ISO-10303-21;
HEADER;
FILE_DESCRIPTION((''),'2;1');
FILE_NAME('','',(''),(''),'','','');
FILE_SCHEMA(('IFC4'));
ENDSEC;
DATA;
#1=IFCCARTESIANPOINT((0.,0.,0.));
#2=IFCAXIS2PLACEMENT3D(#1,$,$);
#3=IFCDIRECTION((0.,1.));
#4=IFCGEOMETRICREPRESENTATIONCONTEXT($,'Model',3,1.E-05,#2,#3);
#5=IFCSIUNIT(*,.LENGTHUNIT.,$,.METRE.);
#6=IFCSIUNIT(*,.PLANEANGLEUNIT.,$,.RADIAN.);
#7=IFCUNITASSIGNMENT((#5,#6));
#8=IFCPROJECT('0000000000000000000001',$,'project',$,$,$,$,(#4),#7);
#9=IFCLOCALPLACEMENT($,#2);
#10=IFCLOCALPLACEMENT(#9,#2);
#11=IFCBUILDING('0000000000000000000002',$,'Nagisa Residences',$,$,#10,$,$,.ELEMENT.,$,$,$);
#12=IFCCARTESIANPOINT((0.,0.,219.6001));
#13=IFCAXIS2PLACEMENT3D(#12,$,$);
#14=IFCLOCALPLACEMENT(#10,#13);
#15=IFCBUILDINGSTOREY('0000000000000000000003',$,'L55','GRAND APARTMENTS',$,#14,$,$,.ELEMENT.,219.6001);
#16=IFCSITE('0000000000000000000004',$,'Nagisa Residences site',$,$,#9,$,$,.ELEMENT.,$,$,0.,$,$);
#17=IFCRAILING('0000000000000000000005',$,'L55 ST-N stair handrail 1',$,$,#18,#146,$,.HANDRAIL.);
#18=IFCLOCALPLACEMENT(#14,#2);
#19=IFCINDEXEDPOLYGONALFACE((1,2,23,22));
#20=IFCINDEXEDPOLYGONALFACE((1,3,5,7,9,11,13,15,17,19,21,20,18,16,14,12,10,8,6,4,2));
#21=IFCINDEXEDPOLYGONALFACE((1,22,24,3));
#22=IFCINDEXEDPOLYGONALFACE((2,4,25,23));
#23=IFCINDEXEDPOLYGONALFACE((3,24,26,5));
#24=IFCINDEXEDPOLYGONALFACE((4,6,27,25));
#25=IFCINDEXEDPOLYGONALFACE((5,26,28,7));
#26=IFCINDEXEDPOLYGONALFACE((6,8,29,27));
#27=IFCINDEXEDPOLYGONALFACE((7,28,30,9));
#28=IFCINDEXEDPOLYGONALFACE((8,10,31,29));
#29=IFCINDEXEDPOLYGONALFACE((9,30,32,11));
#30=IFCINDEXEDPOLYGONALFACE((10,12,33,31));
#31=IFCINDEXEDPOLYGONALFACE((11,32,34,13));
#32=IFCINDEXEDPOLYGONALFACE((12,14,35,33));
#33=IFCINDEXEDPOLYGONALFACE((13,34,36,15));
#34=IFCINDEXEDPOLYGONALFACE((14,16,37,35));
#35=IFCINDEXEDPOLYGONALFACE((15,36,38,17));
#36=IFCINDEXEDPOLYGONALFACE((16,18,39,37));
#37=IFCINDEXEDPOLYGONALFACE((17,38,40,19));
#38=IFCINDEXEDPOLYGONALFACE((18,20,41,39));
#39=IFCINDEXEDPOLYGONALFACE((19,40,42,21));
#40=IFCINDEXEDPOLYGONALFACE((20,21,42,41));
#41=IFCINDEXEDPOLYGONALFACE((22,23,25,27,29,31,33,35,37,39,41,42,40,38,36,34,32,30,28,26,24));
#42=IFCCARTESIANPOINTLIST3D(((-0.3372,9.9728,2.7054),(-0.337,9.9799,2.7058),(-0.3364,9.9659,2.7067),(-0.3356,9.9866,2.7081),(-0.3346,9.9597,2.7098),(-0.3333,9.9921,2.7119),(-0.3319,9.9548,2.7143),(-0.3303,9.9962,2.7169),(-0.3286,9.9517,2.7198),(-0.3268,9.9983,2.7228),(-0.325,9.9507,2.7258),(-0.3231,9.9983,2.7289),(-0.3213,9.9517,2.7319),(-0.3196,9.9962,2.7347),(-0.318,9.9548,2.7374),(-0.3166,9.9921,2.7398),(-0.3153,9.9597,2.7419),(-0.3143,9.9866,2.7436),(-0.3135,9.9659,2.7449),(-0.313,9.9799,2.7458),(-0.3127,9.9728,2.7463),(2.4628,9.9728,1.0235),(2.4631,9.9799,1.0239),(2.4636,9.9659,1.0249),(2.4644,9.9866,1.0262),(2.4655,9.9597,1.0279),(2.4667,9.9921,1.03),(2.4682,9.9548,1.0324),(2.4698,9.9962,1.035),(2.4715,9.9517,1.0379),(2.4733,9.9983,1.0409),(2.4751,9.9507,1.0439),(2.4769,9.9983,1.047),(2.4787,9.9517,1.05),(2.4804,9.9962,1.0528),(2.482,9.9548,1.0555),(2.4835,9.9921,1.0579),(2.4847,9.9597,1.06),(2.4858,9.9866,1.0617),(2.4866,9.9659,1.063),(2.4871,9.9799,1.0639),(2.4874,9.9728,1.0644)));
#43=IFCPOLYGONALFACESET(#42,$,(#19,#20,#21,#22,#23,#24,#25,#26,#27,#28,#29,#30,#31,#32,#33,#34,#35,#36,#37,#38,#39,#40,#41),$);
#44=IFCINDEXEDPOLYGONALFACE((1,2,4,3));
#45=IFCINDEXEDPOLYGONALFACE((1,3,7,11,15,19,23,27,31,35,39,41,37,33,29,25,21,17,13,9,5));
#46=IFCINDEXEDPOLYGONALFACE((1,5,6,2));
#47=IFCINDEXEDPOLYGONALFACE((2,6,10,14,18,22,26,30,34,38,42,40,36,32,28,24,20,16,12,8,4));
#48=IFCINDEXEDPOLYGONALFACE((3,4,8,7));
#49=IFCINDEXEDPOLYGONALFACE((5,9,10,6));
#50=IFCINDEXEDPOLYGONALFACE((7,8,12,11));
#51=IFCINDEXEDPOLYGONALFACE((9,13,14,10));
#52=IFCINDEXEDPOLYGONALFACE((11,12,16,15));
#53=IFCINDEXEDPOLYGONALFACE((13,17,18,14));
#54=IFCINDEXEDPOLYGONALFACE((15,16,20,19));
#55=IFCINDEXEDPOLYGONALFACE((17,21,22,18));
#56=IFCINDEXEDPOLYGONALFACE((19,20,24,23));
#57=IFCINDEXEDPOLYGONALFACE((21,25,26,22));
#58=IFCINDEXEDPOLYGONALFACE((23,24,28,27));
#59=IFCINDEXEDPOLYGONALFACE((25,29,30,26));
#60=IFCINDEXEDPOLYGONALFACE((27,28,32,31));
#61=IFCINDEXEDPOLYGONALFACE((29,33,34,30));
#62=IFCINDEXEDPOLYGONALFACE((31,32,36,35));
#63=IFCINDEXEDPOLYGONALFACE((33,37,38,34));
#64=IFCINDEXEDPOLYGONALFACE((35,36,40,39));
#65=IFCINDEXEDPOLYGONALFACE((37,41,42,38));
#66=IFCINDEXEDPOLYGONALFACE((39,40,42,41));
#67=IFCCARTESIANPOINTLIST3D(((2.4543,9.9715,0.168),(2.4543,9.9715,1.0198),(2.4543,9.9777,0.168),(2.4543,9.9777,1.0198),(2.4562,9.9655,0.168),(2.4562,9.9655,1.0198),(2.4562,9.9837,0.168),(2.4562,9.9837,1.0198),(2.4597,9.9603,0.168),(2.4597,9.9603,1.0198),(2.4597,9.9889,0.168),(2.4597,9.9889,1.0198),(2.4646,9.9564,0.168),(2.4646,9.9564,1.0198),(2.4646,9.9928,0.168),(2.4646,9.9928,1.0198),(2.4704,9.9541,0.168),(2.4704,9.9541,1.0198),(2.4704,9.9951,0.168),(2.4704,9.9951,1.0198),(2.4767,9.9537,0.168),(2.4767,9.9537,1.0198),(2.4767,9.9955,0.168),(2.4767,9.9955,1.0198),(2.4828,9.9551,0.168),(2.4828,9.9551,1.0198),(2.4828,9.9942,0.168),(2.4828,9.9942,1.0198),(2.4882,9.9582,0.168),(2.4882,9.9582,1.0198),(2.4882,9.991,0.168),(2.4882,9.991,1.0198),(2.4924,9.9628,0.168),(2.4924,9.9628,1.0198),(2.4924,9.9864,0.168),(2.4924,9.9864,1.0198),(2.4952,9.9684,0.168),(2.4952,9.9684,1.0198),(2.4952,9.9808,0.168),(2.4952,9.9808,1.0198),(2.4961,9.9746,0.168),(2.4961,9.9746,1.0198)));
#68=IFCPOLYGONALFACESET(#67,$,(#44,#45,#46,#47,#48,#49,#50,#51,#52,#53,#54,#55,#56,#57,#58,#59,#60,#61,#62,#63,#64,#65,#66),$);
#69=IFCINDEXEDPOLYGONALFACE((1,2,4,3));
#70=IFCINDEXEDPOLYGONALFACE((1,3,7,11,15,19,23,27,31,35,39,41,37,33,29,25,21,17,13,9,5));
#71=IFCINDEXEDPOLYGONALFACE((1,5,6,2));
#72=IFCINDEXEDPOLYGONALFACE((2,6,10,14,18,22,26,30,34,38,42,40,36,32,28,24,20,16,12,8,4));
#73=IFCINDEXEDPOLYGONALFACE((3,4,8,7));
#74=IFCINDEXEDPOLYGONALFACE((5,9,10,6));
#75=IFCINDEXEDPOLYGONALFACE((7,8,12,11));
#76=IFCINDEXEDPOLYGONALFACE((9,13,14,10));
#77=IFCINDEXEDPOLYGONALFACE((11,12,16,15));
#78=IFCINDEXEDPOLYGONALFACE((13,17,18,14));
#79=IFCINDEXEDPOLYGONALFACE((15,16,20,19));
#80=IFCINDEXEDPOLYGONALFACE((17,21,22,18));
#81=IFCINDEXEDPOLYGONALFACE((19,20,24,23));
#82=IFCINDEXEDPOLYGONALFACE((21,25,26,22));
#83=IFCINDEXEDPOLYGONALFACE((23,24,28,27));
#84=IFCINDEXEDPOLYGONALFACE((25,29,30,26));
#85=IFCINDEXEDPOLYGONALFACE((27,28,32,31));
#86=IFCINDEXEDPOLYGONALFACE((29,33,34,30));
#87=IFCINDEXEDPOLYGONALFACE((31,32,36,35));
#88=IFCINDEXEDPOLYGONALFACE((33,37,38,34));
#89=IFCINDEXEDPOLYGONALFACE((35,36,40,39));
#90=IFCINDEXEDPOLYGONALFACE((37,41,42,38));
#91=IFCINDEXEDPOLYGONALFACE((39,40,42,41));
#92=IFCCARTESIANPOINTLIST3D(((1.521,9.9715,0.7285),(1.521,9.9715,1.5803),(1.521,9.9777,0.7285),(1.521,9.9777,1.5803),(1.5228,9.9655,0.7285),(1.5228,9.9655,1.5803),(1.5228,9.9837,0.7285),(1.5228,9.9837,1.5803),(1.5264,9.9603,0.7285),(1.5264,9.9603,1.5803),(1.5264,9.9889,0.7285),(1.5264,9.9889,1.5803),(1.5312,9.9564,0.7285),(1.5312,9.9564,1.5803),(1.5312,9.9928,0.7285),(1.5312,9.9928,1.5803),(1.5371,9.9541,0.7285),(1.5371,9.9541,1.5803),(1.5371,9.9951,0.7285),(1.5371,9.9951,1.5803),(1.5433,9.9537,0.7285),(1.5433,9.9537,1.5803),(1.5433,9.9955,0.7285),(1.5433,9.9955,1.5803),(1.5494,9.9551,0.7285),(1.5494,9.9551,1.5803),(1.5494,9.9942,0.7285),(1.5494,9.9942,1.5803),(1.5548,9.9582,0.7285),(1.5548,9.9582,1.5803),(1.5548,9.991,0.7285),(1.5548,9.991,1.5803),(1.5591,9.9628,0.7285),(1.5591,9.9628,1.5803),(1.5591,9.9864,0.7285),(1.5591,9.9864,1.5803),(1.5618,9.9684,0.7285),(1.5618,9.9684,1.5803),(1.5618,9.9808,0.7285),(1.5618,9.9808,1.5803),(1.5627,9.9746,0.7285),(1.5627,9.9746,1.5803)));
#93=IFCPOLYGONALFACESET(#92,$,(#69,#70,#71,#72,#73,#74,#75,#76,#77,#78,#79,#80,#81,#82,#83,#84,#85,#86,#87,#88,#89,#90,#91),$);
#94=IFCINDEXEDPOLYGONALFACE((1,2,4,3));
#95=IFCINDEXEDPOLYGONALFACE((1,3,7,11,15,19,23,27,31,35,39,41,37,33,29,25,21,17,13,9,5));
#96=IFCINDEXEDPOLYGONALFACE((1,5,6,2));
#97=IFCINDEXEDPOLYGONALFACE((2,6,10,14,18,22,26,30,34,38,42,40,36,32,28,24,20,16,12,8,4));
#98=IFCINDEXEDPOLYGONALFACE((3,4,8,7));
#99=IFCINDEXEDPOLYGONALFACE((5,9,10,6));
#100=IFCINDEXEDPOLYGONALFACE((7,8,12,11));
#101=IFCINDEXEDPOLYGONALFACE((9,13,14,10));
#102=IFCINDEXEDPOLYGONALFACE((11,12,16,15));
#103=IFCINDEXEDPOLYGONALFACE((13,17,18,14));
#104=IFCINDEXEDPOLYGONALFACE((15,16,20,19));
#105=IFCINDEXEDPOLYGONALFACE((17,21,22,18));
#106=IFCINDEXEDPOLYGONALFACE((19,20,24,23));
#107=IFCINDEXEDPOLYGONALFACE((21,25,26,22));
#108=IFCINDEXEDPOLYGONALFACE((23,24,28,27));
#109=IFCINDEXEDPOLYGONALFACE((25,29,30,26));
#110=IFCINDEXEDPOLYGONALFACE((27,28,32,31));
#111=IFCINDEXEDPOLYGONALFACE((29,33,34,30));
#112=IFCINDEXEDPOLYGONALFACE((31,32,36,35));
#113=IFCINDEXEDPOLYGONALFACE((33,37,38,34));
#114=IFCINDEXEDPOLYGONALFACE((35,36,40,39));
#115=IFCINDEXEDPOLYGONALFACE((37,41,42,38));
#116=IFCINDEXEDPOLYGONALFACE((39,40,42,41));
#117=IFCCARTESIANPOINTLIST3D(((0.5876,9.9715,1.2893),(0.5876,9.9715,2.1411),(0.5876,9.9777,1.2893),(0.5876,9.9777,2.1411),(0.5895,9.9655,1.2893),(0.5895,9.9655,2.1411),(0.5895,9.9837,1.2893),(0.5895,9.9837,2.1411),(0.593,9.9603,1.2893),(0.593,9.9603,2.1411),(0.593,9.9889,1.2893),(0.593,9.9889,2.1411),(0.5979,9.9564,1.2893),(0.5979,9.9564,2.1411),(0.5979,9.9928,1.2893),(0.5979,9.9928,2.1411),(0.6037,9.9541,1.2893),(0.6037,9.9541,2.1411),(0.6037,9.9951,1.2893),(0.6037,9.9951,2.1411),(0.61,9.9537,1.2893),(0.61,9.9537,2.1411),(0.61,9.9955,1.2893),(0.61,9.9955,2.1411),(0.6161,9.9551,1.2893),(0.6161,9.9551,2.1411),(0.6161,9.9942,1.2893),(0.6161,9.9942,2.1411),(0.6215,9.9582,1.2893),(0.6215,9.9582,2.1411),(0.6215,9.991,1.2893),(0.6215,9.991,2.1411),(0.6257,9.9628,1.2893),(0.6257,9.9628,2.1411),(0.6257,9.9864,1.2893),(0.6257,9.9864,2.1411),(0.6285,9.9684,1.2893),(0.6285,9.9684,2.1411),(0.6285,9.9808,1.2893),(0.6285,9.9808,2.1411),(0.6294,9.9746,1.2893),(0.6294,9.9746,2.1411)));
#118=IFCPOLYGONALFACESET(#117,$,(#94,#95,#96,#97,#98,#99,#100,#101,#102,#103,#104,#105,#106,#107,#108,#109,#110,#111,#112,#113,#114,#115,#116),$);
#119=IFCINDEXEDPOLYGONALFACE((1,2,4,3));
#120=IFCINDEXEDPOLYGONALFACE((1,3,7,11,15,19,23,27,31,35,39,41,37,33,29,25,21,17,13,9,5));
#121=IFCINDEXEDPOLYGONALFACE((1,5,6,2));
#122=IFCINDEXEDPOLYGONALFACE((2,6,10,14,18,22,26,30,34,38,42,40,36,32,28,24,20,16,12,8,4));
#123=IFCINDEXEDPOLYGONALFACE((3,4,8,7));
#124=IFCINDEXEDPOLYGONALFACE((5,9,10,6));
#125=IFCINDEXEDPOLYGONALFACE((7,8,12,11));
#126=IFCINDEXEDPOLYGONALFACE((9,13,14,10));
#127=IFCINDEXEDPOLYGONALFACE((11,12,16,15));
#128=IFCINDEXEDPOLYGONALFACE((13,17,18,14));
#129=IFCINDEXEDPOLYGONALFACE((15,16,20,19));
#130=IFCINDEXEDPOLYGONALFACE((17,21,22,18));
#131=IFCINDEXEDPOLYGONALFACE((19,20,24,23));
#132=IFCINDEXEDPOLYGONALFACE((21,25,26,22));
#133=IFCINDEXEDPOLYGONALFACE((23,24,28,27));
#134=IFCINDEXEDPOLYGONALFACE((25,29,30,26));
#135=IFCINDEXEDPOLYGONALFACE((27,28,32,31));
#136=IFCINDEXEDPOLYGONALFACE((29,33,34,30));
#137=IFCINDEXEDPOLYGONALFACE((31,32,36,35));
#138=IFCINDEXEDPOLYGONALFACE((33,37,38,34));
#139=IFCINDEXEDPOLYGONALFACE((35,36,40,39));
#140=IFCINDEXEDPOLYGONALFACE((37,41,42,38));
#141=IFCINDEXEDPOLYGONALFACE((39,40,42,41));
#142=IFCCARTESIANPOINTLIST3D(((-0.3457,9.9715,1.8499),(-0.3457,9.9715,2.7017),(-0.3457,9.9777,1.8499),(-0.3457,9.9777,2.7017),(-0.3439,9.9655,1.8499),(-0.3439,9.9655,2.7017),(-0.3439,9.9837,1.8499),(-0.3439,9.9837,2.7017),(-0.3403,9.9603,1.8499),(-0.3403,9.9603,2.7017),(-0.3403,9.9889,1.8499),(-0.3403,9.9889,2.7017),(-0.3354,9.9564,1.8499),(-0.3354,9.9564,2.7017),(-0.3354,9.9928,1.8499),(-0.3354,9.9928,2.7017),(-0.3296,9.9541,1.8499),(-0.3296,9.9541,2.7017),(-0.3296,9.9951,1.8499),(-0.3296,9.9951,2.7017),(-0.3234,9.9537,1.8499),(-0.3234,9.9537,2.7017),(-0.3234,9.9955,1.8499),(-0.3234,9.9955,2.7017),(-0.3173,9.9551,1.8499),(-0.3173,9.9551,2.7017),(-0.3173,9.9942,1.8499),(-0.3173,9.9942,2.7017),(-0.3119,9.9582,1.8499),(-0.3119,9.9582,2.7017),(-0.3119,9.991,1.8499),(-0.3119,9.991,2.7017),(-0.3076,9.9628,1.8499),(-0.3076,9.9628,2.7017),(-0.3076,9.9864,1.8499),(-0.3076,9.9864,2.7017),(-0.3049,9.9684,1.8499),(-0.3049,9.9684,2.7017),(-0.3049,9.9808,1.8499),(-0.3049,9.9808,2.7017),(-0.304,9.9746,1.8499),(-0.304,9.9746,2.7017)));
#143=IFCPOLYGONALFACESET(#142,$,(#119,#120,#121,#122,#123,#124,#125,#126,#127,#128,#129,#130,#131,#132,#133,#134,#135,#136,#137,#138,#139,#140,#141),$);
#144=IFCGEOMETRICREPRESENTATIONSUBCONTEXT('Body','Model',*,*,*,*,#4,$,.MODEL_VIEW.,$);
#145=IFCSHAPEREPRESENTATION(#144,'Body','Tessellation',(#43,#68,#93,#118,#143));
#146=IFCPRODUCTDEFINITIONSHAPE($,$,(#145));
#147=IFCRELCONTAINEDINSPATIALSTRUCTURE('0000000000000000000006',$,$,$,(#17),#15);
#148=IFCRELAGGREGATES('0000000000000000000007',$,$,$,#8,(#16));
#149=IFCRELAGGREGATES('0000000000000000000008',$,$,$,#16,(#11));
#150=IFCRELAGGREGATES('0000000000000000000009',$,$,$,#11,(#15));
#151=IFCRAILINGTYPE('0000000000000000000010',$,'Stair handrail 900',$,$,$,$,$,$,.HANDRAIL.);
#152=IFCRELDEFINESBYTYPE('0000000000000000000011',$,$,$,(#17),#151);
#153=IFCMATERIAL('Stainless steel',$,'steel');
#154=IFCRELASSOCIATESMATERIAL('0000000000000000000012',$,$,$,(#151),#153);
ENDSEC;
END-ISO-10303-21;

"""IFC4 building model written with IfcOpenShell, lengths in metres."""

from ifc_helpers import new_model, si_unit, direction, frame, origin, origin_2d, place, context, subcontext, project, spatial, circle, extrude, material, type_object, element, save


model = new_model("IFC4")

# Units and contexts
model_context = context("Model", 3, precision=1e-05, world=origin(), true_north=direction((0.0, 1.0)))
body_context = subcontext(model_context, "Body", "Model", "MODEL_VIEW")
ifc_project = project(units=[si_unit("LENGTHUNIT", "METRE"), si_unit("PLANEANGLEUNIT", "RADIAN")], contexts=[model_context])

# Site, building, storey
site_placement = place(None, origin())
site = spatial("IfcSite", under=ifc_project, at=site_placement, Name="Nagisa Residences site", CompositionType="ELEMENT", RefElevation=0.0)
building_placement = place(site_placement, origin())
building = spatial("IfcBuilding", under=site, at=building_placement, Name="Nagisa Residences", CompositionType="ELEMENT")
storey_placement = place(building_placement, frame((0.0, 0.0, 219.6001)))
storey = spatial("IfcBuildingStorey", under=building, at=storey_placement, Name="L55", Description="GRAND APARTMENTS", CompositionType="ELEMENT", Elevation=219.6001)

# Railing
ifc_material_1 = material(Name="Stainless steel", Category="steel")
railing_type_1 = type_object("IfcRailingType", Name="Stair handrail 900", PredefinedType="HANDRAIL", material=ifc_material_1)
railing_1_placement = place(storey_placement, frame((2.4751, 9.9746, 0.168)))
element("IfcRailing", 1, at=railing_1_placement, inside=storey, type_object=railing_type_1, Name="L55 ST-N stair handrail 1", PredefinedType="HANDRAIL", context=body_context, shape_type="SweptSolid", body=[
    extrude(circle(Radius=0.0239, at=origin_2d()), frame((0.0, 0.0, 0.876), z_axis=(-0.857242, 0.0, 0.514913), x_axis=(0.0, -1.0, 0.0)), (0.0, 0.0, 1.0), 3.2664),
    extrude(circle(Radius=0.021, at=origin_2d()), origin(), (0.0, 0.0, 1.0), 0.8518),
    extrude(circle(Radius=0.021, at=origin_2d()), frame((-0.9333, 0.0, 0.5605)), (0.0, 0.0, 1.0), 0.8518),
    extrude(circle(Radius=0.021, at=origin_2d()), frame((-1.8667, 0.0, 1.1213)), (0.0, 0.0, 1.0), 0.8518),
    extrude(circle(Radius=0.021, at=origin_2d()), frame((-2.8, 0.0, 1.6819)), (0.0, 0.0, 1.0), 0.8518),
])

save(model, "model.ifc")
